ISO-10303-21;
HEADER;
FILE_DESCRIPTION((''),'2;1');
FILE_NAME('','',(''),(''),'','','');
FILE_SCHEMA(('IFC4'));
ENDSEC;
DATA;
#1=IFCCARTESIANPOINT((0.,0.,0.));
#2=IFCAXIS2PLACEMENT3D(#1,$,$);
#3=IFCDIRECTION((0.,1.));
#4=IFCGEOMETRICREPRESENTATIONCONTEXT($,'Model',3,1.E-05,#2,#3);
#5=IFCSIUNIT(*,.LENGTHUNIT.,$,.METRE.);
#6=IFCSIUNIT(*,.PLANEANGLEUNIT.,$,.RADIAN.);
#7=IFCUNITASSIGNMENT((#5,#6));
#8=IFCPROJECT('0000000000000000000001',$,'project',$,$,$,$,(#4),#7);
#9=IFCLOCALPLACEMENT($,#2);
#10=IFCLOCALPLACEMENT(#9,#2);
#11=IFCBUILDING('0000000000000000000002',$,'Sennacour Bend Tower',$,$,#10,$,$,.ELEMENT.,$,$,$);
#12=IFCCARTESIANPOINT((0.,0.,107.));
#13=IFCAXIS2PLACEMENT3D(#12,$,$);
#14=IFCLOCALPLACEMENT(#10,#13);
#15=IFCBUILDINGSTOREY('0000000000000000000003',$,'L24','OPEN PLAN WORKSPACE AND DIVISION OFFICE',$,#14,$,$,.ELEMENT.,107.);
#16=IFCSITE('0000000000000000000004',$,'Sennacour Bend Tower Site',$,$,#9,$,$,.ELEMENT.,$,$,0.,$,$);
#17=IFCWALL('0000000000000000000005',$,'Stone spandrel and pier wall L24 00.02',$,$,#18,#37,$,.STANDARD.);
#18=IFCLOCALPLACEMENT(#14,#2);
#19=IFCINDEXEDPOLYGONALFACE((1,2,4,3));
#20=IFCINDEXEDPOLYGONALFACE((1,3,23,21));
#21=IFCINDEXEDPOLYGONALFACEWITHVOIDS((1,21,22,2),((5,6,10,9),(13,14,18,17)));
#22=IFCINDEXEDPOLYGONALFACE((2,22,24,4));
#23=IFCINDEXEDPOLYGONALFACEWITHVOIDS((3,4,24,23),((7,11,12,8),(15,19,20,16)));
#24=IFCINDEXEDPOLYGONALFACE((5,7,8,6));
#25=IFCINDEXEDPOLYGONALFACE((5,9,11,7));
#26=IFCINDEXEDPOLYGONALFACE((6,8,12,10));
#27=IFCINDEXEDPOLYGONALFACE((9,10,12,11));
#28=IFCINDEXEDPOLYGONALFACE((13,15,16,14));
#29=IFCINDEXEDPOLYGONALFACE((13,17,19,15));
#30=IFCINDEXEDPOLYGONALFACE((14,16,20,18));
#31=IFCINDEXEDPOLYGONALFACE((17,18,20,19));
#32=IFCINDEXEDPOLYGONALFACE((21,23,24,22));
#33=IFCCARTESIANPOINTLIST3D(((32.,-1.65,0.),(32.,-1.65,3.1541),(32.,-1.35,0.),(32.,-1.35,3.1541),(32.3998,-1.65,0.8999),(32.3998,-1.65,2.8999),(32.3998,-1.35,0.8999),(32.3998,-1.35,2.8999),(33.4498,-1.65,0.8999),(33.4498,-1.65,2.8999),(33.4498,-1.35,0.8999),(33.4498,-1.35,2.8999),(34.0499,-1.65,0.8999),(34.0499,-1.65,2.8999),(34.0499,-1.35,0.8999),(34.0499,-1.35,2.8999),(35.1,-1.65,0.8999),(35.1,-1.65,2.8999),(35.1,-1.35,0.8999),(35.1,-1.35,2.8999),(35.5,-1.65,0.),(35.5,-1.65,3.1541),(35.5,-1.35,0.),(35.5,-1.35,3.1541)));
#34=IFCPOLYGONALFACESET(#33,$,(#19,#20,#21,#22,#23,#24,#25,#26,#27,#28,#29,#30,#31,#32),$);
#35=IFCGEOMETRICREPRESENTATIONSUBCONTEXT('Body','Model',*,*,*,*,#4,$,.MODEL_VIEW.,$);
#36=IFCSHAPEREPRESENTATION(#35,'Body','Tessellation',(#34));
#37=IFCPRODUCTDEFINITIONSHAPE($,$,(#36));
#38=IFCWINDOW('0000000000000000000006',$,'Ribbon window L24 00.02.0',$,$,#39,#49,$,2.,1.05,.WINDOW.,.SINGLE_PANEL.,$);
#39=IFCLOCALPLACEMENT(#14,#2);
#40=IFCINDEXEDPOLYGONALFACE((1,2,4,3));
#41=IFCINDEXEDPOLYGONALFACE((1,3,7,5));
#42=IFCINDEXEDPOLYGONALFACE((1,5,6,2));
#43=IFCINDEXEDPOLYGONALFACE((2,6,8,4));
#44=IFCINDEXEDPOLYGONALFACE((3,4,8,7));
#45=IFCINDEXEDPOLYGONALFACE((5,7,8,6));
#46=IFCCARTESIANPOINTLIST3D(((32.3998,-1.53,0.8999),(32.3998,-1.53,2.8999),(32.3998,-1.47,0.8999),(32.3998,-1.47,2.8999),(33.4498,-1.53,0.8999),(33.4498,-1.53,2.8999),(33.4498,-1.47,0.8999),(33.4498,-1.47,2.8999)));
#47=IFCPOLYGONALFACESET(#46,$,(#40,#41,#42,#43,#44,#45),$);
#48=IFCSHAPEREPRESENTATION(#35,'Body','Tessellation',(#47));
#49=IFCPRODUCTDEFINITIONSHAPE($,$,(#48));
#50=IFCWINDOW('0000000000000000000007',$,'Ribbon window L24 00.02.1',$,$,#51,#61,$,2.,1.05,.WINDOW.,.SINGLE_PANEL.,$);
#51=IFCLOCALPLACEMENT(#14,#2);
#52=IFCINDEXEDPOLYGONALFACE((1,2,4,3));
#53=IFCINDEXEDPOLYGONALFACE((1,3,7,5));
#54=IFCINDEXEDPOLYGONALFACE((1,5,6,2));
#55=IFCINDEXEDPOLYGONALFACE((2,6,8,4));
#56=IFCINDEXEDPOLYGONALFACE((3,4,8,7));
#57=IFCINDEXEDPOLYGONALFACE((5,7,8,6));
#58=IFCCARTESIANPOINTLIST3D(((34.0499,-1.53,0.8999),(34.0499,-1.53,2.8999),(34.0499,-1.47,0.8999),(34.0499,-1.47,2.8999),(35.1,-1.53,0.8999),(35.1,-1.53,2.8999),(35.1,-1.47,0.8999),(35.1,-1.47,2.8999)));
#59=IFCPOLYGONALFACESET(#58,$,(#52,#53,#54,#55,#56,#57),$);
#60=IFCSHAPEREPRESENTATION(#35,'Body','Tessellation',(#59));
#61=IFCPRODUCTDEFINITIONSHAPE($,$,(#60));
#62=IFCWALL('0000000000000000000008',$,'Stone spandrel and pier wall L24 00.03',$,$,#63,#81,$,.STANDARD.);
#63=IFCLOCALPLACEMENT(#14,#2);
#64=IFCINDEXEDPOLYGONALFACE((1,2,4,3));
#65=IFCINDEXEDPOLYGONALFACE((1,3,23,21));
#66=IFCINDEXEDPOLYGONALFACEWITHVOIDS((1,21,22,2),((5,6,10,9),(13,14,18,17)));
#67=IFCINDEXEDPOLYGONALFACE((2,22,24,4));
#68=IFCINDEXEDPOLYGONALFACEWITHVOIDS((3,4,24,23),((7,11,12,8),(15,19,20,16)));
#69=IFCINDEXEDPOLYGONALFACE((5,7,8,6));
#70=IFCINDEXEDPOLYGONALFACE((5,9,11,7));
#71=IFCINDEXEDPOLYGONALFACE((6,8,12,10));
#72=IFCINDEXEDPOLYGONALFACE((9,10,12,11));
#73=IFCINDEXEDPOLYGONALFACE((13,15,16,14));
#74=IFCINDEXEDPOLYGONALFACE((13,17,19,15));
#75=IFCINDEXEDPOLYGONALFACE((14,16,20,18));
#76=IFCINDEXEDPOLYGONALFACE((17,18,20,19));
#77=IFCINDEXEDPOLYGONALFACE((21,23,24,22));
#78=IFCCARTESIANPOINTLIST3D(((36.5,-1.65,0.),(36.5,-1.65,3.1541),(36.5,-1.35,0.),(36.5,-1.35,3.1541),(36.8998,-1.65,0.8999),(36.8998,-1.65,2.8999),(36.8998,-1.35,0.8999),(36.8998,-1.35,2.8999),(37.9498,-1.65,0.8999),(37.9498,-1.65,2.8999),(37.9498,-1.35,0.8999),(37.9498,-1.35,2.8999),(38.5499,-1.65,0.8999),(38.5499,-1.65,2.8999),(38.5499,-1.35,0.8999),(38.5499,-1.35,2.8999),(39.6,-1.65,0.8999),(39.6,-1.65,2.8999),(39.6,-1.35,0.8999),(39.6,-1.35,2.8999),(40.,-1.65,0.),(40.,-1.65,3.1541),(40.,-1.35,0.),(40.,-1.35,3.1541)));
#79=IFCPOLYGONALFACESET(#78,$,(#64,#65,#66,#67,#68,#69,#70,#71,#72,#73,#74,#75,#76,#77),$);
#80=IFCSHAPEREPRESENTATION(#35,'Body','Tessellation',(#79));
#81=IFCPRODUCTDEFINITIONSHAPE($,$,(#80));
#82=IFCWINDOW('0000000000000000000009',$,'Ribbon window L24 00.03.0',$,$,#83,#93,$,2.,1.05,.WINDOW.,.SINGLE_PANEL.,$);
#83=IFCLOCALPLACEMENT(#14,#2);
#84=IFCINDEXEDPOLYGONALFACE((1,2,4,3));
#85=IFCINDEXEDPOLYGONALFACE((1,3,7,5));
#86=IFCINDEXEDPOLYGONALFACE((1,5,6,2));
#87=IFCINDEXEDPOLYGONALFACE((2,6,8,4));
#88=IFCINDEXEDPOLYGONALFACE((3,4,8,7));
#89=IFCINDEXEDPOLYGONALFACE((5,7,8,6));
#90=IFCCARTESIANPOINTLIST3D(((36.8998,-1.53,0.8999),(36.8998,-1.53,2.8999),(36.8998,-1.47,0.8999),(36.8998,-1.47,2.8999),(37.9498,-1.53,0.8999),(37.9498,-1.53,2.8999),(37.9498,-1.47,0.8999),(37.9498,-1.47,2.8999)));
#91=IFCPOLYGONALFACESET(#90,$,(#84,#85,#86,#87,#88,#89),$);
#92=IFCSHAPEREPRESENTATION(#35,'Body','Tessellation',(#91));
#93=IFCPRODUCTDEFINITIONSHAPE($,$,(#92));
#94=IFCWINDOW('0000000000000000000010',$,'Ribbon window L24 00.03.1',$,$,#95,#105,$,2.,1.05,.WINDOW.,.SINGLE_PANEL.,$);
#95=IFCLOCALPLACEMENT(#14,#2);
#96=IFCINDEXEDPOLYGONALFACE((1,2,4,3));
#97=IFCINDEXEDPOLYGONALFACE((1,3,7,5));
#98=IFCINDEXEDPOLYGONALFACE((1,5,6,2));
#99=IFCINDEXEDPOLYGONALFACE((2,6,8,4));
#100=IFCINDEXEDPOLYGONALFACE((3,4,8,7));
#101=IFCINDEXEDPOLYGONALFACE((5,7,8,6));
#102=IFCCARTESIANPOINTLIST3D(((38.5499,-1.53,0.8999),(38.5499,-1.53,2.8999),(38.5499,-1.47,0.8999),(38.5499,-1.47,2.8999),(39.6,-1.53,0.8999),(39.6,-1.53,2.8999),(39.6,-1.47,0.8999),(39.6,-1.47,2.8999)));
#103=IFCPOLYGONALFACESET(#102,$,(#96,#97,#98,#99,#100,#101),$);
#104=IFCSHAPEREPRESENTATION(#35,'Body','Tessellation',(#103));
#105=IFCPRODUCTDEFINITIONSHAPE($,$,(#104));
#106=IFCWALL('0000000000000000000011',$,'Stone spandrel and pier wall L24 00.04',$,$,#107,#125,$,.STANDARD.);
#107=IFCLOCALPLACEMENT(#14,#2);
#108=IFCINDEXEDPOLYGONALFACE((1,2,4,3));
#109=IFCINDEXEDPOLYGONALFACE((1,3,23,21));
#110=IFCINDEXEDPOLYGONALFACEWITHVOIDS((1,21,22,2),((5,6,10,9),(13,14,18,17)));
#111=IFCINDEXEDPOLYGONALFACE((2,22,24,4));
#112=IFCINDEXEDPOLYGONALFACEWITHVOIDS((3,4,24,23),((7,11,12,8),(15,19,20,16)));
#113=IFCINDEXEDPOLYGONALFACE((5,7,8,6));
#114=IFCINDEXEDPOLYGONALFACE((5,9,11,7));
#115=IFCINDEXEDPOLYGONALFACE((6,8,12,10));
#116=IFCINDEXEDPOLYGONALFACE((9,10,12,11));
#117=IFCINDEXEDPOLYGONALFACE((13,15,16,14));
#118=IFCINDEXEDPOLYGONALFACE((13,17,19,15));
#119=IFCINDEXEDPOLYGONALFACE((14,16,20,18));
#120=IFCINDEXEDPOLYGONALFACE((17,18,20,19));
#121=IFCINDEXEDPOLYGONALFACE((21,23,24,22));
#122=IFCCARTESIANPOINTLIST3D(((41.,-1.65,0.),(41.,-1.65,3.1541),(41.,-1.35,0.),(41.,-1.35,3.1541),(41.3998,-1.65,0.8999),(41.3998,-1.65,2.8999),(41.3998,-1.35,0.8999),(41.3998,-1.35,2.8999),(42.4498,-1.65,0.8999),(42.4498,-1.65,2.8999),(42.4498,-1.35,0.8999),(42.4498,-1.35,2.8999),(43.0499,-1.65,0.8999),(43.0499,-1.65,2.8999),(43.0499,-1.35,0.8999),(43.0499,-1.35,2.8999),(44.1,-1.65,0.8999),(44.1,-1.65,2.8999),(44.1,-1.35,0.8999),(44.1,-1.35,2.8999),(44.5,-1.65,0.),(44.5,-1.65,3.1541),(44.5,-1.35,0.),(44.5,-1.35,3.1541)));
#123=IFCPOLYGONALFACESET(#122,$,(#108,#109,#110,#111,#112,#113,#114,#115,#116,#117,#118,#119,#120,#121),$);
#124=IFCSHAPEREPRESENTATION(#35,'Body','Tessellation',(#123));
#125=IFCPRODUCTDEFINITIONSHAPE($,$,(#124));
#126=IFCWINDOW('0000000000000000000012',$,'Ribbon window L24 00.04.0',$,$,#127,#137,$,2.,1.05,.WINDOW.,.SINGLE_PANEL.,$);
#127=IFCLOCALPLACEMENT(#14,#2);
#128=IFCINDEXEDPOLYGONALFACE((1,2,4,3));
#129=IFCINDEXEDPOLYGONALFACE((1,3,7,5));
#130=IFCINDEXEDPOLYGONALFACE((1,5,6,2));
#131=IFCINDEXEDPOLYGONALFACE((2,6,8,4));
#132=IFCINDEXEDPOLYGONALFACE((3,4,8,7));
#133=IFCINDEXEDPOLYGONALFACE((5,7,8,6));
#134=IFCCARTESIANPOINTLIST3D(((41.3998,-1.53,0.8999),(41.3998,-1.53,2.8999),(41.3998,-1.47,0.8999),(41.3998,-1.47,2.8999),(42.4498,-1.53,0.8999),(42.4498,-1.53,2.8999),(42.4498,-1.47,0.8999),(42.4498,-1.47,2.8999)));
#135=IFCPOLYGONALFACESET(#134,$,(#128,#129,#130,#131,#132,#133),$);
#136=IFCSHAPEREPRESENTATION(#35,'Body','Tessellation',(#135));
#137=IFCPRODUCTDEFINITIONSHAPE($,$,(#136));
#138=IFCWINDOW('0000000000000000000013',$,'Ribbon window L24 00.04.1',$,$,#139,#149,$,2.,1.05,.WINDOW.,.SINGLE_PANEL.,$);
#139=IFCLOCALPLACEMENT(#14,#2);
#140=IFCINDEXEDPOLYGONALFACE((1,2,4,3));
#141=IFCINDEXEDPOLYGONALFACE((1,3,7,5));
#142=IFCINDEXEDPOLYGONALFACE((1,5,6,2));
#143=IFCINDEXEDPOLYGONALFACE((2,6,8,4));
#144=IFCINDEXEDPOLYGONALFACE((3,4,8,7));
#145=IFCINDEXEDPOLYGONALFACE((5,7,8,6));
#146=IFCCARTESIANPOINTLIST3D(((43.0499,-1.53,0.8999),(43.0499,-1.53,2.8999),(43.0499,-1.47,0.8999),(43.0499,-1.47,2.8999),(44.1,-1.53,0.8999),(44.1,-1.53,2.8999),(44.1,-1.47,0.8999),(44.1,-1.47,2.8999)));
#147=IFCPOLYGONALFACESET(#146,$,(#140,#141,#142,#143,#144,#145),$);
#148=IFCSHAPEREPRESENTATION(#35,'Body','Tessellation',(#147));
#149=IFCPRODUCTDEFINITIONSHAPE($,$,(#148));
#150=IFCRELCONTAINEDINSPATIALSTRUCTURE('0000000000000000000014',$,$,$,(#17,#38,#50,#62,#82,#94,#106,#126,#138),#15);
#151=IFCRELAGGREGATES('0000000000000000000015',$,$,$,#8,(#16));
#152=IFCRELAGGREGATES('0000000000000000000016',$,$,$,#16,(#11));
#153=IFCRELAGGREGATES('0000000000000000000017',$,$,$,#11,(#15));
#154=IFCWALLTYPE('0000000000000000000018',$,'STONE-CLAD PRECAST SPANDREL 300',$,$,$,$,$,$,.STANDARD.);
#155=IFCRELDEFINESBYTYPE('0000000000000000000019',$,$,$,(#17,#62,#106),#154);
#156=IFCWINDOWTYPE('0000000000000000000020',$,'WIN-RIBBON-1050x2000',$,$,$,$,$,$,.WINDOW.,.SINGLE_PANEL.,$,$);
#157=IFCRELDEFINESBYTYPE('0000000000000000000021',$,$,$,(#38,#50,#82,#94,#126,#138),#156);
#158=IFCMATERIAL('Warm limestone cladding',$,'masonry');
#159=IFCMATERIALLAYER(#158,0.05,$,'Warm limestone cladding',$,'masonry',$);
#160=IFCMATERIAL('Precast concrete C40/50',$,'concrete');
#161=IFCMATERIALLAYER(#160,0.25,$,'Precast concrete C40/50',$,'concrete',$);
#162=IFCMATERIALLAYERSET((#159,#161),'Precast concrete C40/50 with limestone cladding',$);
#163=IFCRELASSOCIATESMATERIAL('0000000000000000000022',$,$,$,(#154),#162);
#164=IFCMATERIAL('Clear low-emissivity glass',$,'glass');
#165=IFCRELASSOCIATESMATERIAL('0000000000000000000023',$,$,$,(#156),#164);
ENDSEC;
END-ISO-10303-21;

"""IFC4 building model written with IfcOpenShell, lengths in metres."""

from ifc_helpers import new_model, si_unit, direction, frame, frame_2d, origin, place, context, subcontext, project, spatial, rectangle, extrude, material, layer, layer_set, type_object, element, fill, save


model = new_model("IFC4")

# Units and contexts
model_context = context("Model", 3, precision=1e-05, world=origin(), true_north=direction((0.0, 1.0)))
body_context = subcontext(model_context, "Body", "Model", "MODEL_VIEW")
ifc_project = project(units=[si_unit("LENGTHUNIT", "METRE"), si_unit("PLANEANGLEUNIT", "RADIAN")], contexts=[model_context])

# Site, building, storey
site_placement = place(None, origin())
site = spatial("IfcSite", under=ifc_project, at=site_placement, Name="Sennacour Bend Tower Site", CompositionType="ELEMENT", RefElevation=0.0)
building_placement = place(site_placement, origin())
building = spatial("IfcBuilding", under=site, at=building_placement, Name="Sennacour Bend Tower", CompositionType="ELEMENT")
storey_placement = place(building_placement, frame((0.0, 0.0, 107.0)))
storey = spatial("IfcBuildingStorey", under=building, at=storey_placement, Name="L24", Description="OPEN PLAN WORKSPACE AND DIVISION OFFICE", CompositionType="ELEMENT", Elevation=107.0)

# Walls, openings, windows
ifc_material_1 = material(Name="Warm limestone cladding", Category="masonry")
ifc_layer_1 = layer(ifc_material_1, 0.05, Name="Warm limestone cladding", Category="masonry")
ifc_material_2 = material(Name="Precast concrete C40/50", Category="concrete")
ifc_layer_2 = layer(ifc_material_2, 0.25, Name="Precast concrete C40/50", Category="concrete")
ifc_layer_set_1 = layer_set([ifc_layer_1, ifc_layer_2], Name="Precast concrete C40/50 with limestone cladding")
wall_type_1 = type_object("IfcWallType", Name="STONE-CLAD PRECAST SPANDREL 300", PredefinedType="STANDARD", material=ifc_layer_set_1)
wall_1_placement = place(storey_placement, frame((32.0, -1.5, 0.0), z_axis=(0.0, 0.0, 1.0), x_axis=(1.0, 0.0, 0.0)))
wall_1 = element("IfcWall", 1, at=wall_1_placement, inside=storey, type_object=wall_type_1, Name="Stone spandrel and pier wall L24 00.02", PredefinedType="STANDARD", context=body_context, shape_type="SweptSolid", body=[
    extrude(rectangle(XDim=3.5, YDim=0.3, at=frame_2d((1.75, 0.0))), origin(), (0.0, 0.0, 1.0), 3.1541),
])
opening_1_placement = place(wall_1_placement, frame((0.3999, 0.0, 0.8999)))
opening_1 = element("IfcOpeningElement", 2, at=opening_1_placement, cuts=wall_1, PredefinedType="OPENING", context=body_context, shape_type="SweptSolid", body=[
    extrude(rectangle(XDim=1.05, YDim=2.0, at=frame_2d((0.5249, 1.0))), frame((0.0, 0.1602, 0.0), z_axis=(0.0, -1.0, 0.0), x_axis=(1.0, 0.0, 0.0)), (0.0, 0.0, 1.0), 0.3201),
])
opening_2_placement = place(wall_1_placement, frame((2.05, 0.0, 0.8999)))
opening_2 = element("IfcOpeningElement", 3, at=opening_2_placement, cuts=wall_1, PredefinedType="OPENING", context=body_context, shape_type="SweptSolid", body=[
    extrude(rectangle(XDim=1.05, YDim=2.0, at=frame_2d((0.5249, 1.0))), frame((0.0, 0.1602, 0.0), z_axis=(0.0, -1.0, 0.0), x_axis=(1.0, 0.0, 0.0)), (0.0, 0.0, 1.0), 0.3201),
])
ifc_material_3 = material(Name="Clear low-emissivity glass", Category="glass")
window_type = type_object("IfcWindowType", Name="WIN-RIBBON-1050x2000", PartitioningType="SINGLE_PANEL", PredefinedType="WINDOW", material=ifc_material_3)
window_1_placement = place(opening_1_placement, origin())
window_1 = element("IfcWindow", 4, at=window_1_placement, inside=storey, type_object=window_type, Name="Ribbon window L24 00.02.0", OverallHeight=2.0, OverallWidth=1.05, PartitioningType="SINGLE_PANEL", PredefinedType="WINDOW", context=body_context, shape_type="SweptSolid", body=[
    extrude(rectangle(XDim=1.05, YDim=2.0, at=frame_2d((0.5249, 1.0))), frame((0.0, 0.03, 0.0), z_axis=(0.0, -1.0, 0.0), x_axis=(1.0, 0.0, 0.0)), (0.0, 0.0, 1.0), 0.0601),
])
fill(opening_1, window_1)
window_2_placement = place(opening_2_placement, origin())
window_2 = element("IfcWindow", 5, at=window_2_placement, inside=storey, type_object=window_type, Name="Ribbon window L24 00.02.1", OverallHeight=2.0, OverallWidth=1.05, PartitioningType="SINGLE_PANEL", PredefinedType="WINDOW", context=body_context, shape_type="SweptSolid", body=[
    extrude(rectangle(XDim=1.05, YDim=2.0, at=frame_2d((0.5249, 1.0))), frame((0.0, 0.03, 0.0), z_axis=(0.0, -1.0, 0.0), x_axis=(1.0, 0.0, 0.0)), (0.0, 0.0, 1.0), 0.0601),
])
fill(opening_2, window_2)
wall_2_placement = place(storey_placement, frame((36.5, -1.5, 0.0), z_axis=(0.0, 0.0, 1.0), x_axis=(1.0, 0.0, 0.0)))
wall_2 = element("IfcWall", 6, at=wall_2_placement, inside=storey, type_object=wall_type_1, Name="Stone spandrel and pier wall L24 00.03", PredefinedType="STANDARD", context=body_context, shape_type="SweptSolid", body=[
    extrude(rectangle(XDim=3.5, YDim=0.3, at=frame_2d((1.75, 0.0))), origin(), (0.0, 0.0, 1.0), 3.1541),
])
opening_3_placement = place(wall_2_placement, frame((0.3999, 0.0, 0.8999)))
opening_3 = element("IfcOpeningElement", 7, at=opening_3_placement, cuts=wall_2, PredefinedType="OPENING", context=body_context, shape_type="SweptSolid", body=[
    extrude(rectangle(XDim=1.05, YDim=2.0, at=frame_2d((0.5249, 1.0))), frame((0.0, 0.1602, 0.0), z_axis=(0.0, -1.0, 0.0), x_axis=(1.0, 0.0, 0.0)), (0.0, 0.0, 1.0), 0.3201),
])
opening_4_placement = place(wall_2_placement, frame((2.05, 0.0, 0.8999)))
opening_4 = element("IfcOpeningElement", 8, at=opening_4_placement, cuts=wall_2, PredefinedType="OPENING", context=body_context, shape_type="SweptSolid", body=[
    extrude(rectangle(XDim=1.05, YDim=2.0, at=frame_2d((0.5249, 1.0))), frame((0.0, 0.1602, 0.0), z_axis=(0.0, -1.0, 0.0), x_axis=(1.0, 0.0, 0.0)), (0.0, 0.0, 1.0), 0.3201),
])
window_3_placement = place(opening_3_placement, origin())
window_3 = element("IfcWindow", 9, at=window_3_placement, inside=storey, type_object=window_type, Name="Ribbon window L24 00.03.0", OverallHeight=2.0, OverallWidth=1.05, PartitioningType="SINGLE_PANEL", PredefinedType="WINDOW", context=body_context, shape_type="SweptSolid", body=[
    extrude(rectangle(XDim=1.05, YDim=2.0, at=frame_2d((0.5249, 1.0))), frame((0.0, 0.03, 0.0), z_axis=(0.0, -1.0, 0.0), x_axis=(1.0, 0.0, 0.0)), (0.0, 0.0, 1.0), 0.0601),
])
fill(opening_3, window_3)
window_4_placement = place(opening_4_placement, origin())
window_4 = element("IfcWindow", 10, at=window_4_placement, inside=storey, type_object=window_type, Name="Ribbon window L24 00.03.1", OverallHeight=2.0, OverallWidth=1.05, PartitioningType="SINGLE_PANEL", PredefinedType="WINDOW", context=body_context, shape_type="SweptSolid", body=[
    extrude(rectangle(XDim=1.05, YDim=2.0, at=frame_2d((0.5249, 1.0))), frame((0.0, 0.03, 0.0), z_axis=(0.0, -1.0, 0.0), x_axis=(1.0, 0.0, 0.0)), (0.0, 0.0, 1.0), 0.0601),
])
fill(opening_4, window_4)
wall_3_placement = place(storey_placement, frame((41.0, -1.5, 0.0), z_axis=(0.0, 0.0, 1.0), x_axis=(1.0, 0.0, 0.0)))
wall_3 = element("IfcWall", 11, at=wall_3_placement, inside=storey, type_object=wall_type_1, Name="Stone spandrel and pier wall L24 00.04", PredefinedType="STANDARD", context=body_context, shape_type="SweptSolid", body=[
    extrude(rectangle(XDim=3.5, YDim=0.3, at=frame_2d((1.75, 0.0))), origin(), (0.0, 0.0, 1.0), 3.1541),
])
opening_5_placement = place(wall_3_placement, frame((0.3999, 0.0, 0.8999)))
opening_5 = element("IfcOpeningElement", 12, at=opening_5_placement, cuts=wall_3, PredefinedType="OPENING", context=body_context, shape_type="SweptSolid", body=[
    extrude(rectangle(XDim=1.05, YDim=2.0, at=frame_2d((0.5249, 1.0))), frame((0.0, 0.1602, 0.0), z_axis=(0.0, -1.0, 0.0), x_axis=(1.0, 0.0, 0.0)), (0.0, 0.0, 1.0), 0.3201),
])
opening_6_placement = place(wall_3_placement, frame((2.05, 0.0, 0.8999)))
opening_6 = element("IfcOpeningElement", 13, at=opening_6_placement, cuts=wall_3, PredefinedType="OPENING", context=body_context, shape_type="SweptSolid", body=[
    extrude(rectangle(XDim=1.05, YDim=2.0, at=frame_2d((0.5249, 1.0))), frame((0.0, 0.1602, 0.0), z_axis=(0.0, -1.0, 0.0), x_axis=(1.0, 0.0, 0.0)), (0.0, 0.0, 1.0), 0.3201),
])
window_5_placement = place(opening_5_placement, origin())
window_5 = element("IfcWindow", 14, at=window_5_placement, inside=storey, type_object=window_type, Name="Ribbon window L24 00.04.0", OverallHeight=2.0, OverallWidth=1.05, PartitioningType="SINGLE_PANEL", PredefinedType="WINDOW", context=body_context, shape_type="SweptSolid", body=[
    extrude(rectangle(XDim=1.05, YDim=2.0, at=frame_2d((0.5249, 1.0))), frame((0.0, 0.03, 0.0), z_axis=(0.0, -1.0, 0.0), x_axis=(1.0, 0.0, 0.0)), (0.0, 0.0, 1.0), 0.0601),
])
fill(opening_5, window_5)
window_6_placement = place(opening_6_placement, origin())
window_6 = element("IfcWindow", 15, at=window_6_placement, inside=storey, type_object=window_type, Name="Ribbon window L24 00.04.1", OverallHeight=2.0, OverallWidth=1.05, PartitioningType="SINGLE_PANEL", PredefinedType="WINDOW", context=body_context, shape_type="SweptSolid", body=[
    extrude(rectangle(XDim=1.05, YDim=2.0, at=frame_2d((0.5249, 1.0))), frame((0.0, 0.03, 0.0), z_axis=(0.0, -1.0, 0.0), x_axis=(1.0, 0.0, 0.0)), (0.0, 0.0, 1.0), 0.0601),
])
fill(opening_6, window_6)

save(model, "model.ifc")
